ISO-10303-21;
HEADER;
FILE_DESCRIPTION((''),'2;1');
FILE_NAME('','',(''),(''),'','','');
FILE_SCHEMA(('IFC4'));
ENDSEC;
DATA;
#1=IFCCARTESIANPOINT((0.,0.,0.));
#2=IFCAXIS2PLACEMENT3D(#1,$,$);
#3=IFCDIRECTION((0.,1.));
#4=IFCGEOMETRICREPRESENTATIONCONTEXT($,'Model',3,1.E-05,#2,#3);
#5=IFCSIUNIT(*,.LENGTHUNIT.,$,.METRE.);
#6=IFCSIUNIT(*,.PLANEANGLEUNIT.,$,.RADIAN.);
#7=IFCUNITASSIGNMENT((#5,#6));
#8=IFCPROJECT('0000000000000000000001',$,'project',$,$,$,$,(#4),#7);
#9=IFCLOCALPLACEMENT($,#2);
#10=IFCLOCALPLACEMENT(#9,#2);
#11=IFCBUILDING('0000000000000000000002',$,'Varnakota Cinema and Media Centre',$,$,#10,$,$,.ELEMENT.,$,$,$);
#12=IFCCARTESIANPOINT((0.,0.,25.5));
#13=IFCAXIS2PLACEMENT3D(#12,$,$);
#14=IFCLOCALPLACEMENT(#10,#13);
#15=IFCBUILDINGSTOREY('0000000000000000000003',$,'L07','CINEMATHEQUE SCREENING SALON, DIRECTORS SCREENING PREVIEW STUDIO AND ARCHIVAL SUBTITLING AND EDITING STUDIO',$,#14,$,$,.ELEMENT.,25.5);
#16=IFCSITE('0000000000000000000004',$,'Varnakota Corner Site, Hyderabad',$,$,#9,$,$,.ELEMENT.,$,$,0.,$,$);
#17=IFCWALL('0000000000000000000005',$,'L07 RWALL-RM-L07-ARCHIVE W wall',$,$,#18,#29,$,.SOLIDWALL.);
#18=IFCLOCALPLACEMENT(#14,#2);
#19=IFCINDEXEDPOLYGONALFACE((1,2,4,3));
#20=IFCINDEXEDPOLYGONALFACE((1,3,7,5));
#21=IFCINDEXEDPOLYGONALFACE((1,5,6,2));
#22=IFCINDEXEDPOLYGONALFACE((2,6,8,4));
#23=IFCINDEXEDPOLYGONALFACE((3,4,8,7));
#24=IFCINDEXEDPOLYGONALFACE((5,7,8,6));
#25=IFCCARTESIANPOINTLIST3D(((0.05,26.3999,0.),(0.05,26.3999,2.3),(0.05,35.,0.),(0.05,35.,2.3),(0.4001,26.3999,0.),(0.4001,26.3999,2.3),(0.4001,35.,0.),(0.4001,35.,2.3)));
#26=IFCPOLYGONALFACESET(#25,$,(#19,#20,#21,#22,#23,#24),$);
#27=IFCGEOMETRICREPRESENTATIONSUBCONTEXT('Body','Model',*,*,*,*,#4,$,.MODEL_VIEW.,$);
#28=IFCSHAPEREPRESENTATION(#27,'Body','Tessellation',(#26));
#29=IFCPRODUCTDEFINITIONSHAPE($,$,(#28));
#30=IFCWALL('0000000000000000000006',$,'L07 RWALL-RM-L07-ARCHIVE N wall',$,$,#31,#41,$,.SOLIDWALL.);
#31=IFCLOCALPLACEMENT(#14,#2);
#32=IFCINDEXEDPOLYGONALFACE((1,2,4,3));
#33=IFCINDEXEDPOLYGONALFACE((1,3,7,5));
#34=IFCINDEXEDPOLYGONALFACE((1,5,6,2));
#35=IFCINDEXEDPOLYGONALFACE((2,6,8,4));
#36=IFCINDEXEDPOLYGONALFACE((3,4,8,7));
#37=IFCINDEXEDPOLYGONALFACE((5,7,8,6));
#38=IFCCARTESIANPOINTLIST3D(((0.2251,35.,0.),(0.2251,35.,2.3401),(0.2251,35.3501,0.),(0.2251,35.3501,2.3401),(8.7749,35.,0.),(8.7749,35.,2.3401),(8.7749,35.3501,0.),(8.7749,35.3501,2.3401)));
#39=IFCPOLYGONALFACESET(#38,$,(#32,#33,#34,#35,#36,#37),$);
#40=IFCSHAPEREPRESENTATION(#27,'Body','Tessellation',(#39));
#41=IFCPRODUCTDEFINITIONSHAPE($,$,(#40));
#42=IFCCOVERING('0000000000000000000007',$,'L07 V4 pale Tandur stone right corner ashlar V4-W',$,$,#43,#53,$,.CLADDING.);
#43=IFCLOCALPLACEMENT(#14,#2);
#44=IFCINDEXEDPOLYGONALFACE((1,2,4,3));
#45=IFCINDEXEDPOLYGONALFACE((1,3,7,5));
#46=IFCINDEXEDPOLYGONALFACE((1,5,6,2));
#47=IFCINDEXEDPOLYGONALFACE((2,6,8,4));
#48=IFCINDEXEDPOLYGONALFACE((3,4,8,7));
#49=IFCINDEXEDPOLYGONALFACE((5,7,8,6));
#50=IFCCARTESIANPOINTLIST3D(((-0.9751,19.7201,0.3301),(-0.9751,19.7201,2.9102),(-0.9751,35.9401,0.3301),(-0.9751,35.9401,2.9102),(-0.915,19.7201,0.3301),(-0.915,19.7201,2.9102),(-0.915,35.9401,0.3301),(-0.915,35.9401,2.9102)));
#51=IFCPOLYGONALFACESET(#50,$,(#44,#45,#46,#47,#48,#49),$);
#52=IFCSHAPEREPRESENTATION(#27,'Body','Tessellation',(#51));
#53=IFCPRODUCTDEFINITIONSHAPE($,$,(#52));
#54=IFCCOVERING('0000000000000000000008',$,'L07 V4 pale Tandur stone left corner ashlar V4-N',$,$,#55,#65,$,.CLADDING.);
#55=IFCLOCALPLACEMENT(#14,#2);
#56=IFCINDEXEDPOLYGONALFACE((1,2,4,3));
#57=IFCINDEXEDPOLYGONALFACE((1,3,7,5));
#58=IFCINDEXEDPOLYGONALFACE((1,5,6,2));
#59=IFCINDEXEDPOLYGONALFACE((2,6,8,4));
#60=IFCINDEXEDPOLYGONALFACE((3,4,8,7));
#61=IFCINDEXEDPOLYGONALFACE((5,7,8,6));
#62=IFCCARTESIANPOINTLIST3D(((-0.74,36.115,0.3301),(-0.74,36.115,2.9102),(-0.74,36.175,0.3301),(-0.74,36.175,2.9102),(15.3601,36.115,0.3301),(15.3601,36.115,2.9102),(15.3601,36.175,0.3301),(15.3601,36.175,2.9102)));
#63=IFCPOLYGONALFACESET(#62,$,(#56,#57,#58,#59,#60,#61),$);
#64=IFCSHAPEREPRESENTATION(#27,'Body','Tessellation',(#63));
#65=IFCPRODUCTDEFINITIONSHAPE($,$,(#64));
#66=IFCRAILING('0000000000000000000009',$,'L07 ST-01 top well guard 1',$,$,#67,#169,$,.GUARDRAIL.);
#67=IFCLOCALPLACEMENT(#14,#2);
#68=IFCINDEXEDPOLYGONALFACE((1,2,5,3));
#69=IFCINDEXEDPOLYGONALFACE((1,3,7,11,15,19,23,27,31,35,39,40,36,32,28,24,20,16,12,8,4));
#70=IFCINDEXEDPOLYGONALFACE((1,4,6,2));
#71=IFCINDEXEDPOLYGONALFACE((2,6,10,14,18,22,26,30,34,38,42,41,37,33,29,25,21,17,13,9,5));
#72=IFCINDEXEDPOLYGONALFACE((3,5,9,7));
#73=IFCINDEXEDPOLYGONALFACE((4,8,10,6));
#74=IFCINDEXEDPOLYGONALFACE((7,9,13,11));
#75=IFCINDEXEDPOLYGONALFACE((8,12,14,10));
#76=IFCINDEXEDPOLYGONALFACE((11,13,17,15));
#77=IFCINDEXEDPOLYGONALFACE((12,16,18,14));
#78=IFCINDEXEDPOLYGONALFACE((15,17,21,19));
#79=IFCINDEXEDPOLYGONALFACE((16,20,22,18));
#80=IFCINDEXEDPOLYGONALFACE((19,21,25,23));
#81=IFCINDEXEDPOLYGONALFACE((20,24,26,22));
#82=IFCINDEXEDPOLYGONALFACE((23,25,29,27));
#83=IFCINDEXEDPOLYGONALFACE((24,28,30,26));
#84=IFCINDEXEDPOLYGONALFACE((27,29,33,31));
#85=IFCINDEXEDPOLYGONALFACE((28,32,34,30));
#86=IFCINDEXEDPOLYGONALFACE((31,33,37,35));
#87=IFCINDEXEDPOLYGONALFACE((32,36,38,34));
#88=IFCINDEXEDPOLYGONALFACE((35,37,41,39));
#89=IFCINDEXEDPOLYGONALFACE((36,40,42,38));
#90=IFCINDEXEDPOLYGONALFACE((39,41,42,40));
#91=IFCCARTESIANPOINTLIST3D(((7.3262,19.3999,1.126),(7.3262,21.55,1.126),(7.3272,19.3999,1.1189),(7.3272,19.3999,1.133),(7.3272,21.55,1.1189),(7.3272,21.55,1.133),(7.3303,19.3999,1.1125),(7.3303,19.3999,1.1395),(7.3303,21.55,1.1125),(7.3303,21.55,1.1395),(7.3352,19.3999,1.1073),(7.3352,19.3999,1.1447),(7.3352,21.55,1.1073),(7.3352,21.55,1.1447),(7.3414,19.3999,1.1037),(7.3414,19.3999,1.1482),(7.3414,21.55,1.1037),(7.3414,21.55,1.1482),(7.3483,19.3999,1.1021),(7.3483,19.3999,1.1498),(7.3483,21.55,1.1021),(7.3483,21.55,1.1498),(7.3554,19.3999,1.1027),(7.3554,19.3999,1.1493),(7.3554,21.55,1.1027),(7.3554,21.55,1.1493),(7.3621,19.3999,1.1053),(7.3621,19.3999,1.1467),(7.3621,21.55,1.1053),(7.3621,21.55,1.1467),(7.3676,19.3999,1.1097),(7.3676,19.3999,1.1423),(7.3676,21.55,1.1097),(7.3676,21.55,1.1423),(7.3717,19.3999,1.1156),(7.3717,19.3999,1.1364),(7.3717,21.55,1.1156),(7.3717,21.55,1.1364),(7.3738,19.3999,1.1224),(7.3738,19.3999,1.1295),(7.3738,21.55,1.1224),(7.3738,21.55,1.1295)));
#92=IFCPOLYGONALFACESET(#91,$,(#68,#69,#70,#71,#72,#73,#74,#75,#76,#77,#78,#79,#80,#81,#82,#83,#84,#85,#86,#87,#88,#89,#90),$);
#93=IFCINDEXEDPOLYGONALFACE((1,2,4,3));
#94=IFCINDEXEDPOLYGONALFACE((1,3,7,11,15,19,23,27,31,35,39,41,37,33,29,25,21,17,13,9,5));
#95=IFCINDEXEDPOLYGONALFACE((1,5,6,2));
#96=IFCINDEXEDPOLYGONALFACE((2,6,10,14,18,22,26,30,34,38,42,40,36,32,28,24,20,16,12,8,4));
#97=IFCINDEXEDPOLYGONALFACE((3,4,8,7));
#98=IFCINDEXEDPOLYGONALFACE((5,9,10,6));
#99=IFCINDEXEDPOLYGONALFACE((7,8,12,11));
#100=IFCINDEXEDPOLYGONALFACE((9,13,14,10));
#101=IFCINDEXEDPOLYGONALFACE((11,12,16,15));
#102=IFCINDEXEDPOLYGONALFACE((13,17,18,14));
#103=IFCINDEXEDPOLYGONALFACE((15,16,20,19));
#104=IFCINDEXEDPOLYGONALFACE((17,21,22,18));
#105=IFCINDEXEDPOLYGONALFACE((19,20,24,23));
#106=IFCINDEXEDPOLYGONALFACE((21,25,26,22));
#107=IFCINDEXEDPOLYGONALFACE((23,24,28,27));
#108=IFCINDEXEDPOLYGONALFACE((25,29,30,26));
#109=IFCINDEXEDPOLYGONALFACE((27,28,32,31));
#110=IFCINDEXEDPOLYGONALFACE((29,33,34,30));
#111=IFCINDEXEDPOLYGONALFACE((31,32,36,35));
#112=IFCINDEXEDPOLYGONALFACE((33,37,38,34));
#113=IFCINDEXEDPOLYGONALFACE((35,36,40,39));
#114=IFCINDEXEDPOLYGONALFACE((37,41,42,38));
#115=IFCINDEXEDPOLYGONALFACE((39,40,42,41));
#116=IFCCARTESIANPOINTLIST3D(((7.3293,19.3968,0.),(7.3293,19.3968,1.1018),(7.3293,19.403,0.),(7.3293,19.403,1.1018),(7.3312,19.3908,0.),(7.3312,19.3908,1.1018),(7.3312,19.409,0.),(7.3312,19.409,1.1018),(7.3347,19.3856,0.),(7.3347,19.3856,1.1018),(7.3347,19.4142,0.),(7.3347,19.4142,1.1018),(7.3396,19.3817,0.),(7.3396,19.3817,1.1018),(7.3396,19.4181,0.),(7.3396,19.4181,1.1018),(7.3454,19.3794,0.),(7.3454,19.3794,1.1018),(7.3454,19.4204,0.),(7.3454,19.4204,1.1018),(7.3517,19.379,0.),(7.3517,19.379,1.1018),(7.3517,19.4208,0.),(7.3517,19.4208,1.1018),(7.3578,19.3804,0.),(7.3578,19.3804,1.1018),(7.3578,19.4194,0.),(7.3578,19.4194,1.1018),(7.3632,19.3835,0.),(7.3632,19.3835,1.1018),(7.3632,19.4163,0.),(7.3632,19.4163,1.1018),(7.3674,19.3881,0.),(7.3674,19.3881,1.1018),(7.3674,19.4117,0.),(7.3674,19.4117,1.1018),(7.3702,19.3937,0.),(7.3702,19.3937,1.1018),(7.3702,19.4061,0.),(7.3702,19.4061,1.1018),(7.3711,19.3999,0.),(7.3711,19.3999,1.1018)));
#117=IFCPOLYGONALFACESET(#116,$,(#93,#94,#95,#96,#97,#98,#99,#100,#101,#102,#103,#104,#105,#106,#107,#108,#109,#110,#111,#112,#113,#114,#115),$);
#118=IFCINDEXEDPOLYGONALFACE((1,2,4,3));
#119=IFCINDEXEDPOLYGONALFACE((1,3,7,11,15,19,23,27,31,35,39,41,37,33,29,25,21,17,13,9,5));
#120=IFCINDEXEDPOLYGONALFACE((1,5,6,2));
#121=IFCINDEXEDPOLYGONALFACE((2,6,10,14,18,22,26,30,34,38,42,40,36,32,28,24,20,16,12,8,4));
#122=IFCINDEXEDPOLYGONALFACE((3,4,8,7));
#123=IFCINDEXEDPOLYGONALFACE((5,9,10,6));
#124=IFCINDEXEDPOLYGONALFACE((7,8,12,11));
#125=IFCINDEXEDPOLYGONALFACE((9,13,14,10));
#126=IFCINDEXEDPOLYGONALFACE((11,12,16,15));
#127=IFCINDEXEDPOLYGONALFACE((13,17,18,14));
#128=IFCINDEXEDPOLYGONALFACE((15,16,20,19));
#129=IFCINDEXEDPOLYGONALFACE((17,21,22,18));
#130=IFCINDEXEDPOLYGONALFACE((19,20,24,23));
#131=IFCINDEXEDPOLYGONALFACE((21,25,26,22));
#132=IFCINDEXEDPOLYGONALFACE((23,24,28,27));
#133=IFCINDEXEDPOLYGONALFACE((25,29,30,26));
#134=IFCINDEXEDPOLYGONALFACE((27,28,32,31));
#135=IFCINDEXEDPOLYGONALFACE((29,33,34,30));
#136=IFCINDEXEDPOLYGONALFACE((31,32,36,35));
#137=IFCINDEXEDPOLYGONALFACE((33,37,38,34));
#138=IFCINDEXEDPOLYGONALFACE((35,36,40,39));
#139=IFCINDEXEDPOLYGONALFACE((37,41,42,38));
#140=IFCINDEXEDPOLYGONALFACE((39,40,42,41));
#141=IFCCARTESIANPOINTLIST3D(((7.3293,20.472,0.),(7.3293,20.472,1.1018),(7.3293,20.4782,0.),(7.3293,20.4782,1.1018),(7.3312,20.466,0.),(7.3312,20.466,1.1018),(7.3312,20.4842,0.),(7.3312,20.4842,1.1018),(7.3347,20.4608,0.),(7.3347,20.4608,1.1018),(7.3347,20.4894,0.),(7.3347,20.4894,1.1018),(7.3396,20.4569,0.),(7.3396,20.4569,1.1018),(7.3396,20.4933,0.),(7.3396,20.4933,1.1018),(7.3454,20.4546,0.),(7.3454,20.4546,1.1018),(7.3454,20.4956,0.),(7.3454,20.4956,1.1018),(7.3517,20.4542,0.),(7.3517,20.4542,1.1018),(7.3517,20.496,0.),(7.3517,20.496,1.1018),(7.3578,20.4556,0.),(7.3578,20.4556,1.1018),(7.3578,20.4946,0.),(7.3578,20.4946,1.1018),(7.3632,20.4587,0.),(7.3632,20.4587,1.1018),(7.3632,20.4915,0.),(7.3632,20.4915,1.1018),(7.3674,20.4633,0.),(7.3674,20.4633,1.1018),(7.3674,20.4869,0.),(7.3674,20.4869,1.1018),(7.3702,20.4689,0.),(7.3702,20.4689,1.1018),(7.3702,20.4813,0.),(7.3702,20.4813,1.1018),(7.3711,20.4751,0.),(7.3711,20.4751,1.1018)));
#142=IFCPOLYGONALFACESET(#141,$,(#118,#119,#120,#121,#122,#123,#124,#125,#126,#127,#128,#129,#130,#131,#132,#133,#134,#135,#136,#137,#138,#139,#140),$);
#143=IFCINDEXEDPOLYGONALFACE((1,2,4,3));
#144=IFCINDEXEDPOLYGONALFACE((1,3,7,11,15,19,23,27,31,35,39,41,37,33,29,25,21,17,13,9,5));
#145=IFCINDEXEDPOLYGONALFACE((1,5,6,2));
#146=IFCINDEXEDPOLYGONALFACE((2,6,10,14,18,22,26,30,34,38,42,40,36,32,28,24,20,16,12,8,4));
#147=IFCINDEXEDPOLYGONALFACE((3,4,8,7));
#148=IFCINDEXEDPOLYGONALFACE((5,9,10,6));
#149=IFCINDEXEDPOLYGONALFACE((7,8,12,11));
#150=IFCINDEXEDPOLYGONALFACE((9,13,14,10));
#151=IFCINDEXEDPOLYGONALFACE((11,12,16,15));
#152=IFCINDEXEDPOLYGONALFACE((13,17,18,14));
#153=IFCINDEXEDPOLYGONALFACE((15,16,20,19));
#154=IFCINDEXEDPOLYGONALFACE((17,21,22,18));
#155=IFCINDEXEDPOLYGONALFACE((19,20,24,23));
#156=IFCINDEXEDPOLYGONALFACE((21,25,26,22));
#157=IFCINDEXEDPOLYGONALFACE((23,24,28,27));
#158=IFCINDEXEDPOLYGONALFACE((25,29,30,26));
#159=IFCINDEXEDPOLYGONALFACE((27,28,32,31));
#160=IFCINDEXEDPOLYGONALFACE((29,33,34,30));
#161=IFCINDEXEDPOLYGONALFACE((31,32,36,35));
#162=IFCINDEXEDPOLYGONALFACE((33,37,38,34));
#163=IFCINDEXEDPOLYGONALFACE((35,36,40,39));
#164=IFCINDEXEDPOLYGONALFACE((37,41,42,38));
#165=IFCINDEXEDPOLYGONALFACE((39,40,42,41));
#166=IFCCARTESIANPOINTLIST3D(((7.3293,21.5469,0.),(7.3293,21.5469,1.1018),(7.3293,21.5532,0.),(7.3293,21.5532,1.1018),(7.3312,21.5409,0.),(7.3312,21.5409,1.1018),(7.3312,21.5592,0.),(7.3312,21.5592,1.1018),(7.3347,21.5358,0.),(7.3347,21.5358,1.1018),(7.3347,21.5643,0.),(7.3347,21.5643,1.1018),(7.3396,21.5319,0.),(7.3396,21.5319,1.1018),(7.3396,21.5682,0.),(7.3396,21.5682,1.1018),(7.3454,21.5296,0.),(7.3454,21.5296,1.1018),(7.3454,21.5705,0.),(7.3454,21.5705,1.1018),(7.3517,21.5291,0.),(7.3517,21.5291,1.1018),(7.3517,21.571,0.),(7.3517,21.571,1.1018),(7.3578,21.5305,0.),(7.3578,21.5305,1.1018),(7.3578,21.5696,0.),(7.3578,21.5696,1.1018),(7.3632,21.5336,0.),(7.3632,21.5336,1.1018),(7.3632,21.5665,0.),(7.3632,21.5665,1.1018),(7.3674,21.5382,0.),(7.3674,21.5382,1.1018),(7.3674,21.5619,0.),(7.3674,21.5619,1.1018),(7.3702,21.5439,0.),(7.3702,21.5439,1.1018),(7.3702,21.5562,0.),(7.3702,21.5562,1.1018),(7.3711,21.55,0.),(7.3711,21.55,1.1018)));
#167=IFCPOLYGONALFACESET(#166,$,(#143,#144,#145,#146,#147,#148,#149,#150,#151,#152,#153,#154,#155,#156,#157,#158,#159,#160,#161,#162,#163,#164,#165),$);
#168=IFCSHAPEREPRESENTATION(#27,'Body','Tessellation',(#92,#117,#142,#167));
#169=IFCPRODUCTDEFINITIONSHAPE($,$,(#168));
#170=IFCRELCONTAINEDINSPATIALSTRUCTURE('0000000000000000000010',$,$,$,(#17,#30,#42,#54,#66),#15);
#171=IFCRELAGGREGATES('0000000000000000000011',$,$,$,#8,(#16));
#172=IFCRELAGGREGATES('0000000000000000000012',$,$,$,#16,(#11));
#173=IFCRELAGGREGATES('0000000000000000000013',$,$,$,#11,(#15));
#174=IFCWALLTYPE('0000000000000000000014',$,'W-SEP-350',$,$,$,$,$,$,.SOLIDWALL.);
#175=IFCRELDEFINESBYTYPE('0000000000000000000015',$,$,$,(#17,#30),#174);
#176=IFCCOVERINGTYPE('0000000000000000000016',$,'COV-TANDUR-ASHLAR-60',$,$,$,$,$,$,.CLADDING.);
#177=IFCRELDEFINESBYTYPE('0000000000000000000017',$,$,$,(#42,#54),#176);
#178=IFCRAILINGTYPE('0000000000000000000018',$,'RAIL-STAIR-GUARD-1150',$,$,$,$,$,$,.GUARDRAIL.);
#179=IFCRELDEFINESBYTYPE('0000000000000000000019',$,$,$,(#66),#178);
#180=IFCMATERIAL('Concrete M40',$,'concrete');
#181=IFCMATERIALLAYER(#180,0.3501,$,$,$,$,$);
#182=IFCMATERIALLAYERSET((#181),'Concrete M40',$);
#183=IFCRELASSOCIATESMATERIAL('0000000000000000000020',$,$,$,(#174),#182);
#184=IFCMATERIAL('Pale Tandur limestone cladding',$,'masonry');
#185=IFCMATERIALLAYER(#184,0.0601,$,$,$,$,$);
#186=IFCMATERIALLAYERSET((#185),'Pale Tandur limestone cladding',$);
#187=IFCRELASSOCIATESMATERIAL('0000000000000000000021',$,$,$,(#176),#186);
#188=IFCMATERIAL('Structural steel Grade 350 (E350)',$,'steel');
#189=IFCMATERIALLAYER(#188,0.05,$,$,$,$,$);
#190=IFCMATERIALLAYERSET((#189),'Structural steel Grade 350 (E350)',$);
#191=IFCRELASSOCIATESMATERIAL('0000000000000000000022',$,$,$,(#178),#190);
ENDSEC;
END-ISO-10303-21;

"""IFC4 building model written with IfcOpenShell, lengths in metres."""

from ifc_helpers import new_model, si_unit, direction, frame, frame_2d, origin, origin_2d, place, context, subcontext, project, spatial, rectangle, circle, extrude, material, layer, layer_set, type_object, element, save


model = new_model("IFC4")

# Units and contexts
model_context = context("Model", 3, precision=1e-05, world=origin(), true_north=direction((0.0, 1.0)))
body_context = subcontext(model_context, "Body", "Model", "MODEL_VIEW")
ifc_project = project(units=[si_unit("LENGTHUNIT", "METRE"), si_unit("PLANEANGLEUNIT", "RADIAN")], contexts=[model_context])

# Site, building, storey
site_placement = place(None, origin())
site = spatial("IfcSite", under=ifc_project, at=site_placement, Name="Varnakota Corner Site, Hyderabad", CompositionType="ELEMENT", RefElevation=0.0)
building_placement = place(site_placement, origin())
building = spatial("IfcBuilding", under=site, at=building_placement, Name="Varnakota Cinema and Media Centre", CompositionType="ELEMENT")
storey_placement = place(building_placement, frame((0.0, 0.0, 25.5)))
storey = spatial("IfcBuildingStorey", under=building, at=storey_placement, Name="L07", Description="CINEMATHEQUE SCREENING SALON, DIRECTORS SCREENING PREVIEW STUDIO AND ARCHIVAL SUBTITLING AND EDITING STUDIO", CompositionType="ELEMENT", Elevation=25.5)

# Walls
ifc_material_1 = material(Name="Concrete M40", Category="concrete")
ifc_layer_1 = layer(ifc_material_1, 0.3501)
ifc_layer_set_1 = layer_set([ifc_layer_1], Name="Concrete M40")
wall_type_1 = type_object("IfcWallType", Name="W-SEP-350", PredefinedType="SOLIDWALL", material=ifc_layer_set_1)
wall_1_placement = place(storey_placement, frame((0.2251, 26.3999, 0.0), z_axis=(0.0, 0.0, 1.0), x_axis=(0.0, 1.0, 0.0)))
element("IfcWall", 1, at=wall_1_placement, inside=storey, type_object=wall_type_1, Name="L07 RWALL-RM-L07-ARCHIVE W wall", PredefinedType="SOLIDWALL", context=body_context, shape_type="SweptSolid", body=[
    extrude(rectangle(XDim=8.6001, YDim=0.3501, at=frame_2d((4.3, 0.0))), origin(), (0.0, 0.0, 1.0), 2.3),
])
wall_2_placement = place(storey_placement, frame((0.2251, 35.175, 0.0), z_axis=(0.0, 0.0, 1.0), x_axis=(1.0, 0.0, 0.0)))
element("IfcWall", 2, at=wall_2_placement, inside=storey, type_object=wall_type_1, Name="L07 RWALL-RM-L07-ARCHIVE N wall", PredefinedType="SOLIDWALL", context=body_context, shape_type="SweptSolid", body=[
    extrude(rectangle(XDim=8.5498, YDim=0.3501, at=frame_2d((4.2749, 0.0))), origin(), (0.0, 0.0, 1.0), 2.3401),
])

# Coverings
ifc_material_2 = material(Name="Pale Tandur limestone cladding", Category="masonry")
ifc_layer_2 = layer(ifc_material_2, 0.0601)
ifc_layer_set_2 = layer_set([ifc_layer_2], Name="Pale Tandur limestone cladding")
covering_type = type_object("IfcCoveringType", Name="COV-TANDUR-ASHLAR-60", PredefinedType="CLADDING", material=ifc_layer_set_2)
covering_1_placement = place(storey_placement, frame((-0.9451, 27.8301, 0.3301), z_axis=(0.0, 0.0, 1.0), x_axis=(0.0, 1.0, 0.0)))
element("IfcCovering", 3, at=covering_1_placement, inside=storey, type_object=covering_type, Name="L07 V4 pale Tandur stone right corner ashlar V4-W", PredefinedType="CLADDING", context=body_context, shape_type="SweptSolid", body=[
    extrude(rectangle(XDim=16.22, YDim=0.0601, at=origin_2d()), origin(), (0.0, 0.0, 1.0), 2.5801),
])
covering_2_placement = place(storey_placement, frame((7.3101, 36.145, 0.3301), z_axis=(0.0, 0.0, 1.0), x_axis=(1.0, 0.0, 0.0)))
element("IfcCovering", 4, at=covering_2_placement, inside=storey, type_object=covering_type, Name="L07 V4 pale Tandur stone left corner ashlar V4-N", PredefinedType="CLADDING", context=body_context, shape_type="SweptSolid", body=[
    extrude(rectangle(XDim=16.1001, YDim=0.0601, at=origin_2d()), origin(), (0.0, 0.0, 1.0), 2.5801),
])

# Railing
ifc_material_3 = material(Name="Structural steel Grade 350 (E350)", Category="steel")
ifc_layer_3 = layer(ifc_material_3, 0.05)
ifc_layer_set_3 = layer_set([ifc_layer_3], Name="Structural steel Grade 350 (E350)")
railing_type = type_object("IfcRailingType", Name="RAIL-STAIR-GUARD-1150", PredefinedType="GUARDRAIL", material=ifc_layer_set_3)
railing_placement = place(storey_placement, frame((7.3501, 19.3999, 0.0)))
element("IfcRailing", 5, at=railing_placement, inside=storey, type_object=railing_type, Name="L07 ST-01 top well guard 1", PredefinedType="GUARDRAIL", context=body_context, shape_type="SweptSolid", body=[
    extrude(circle(Radius=0.0239, at=origin_2d()), frame((0.0, 0.0, 1.126), z_axis=(0.0, 1.0, 0.0), x_axis=(-1.0, 0.0, 0.0)), (0.0, 0.0, 1.0), 2.1501),
    extrude(circle(Radius=0.021, at=origin_2d()), origin(), (0.0, 0.0, 1.0), 1.1018),
    extrude(circle(Radius=0.021, at=origin_2d()), frame((0.0, 1.0752, 0.0)), (0.0, 0.0, 1.0), 1.1018),
    extrude(circle(Radius=0.021, at=origin_2d()), frame((0.0, 2.1501, 0.0)), (0.0, 0.0, 1.0), 1.1018),
])

save(model, "model.ifc")
